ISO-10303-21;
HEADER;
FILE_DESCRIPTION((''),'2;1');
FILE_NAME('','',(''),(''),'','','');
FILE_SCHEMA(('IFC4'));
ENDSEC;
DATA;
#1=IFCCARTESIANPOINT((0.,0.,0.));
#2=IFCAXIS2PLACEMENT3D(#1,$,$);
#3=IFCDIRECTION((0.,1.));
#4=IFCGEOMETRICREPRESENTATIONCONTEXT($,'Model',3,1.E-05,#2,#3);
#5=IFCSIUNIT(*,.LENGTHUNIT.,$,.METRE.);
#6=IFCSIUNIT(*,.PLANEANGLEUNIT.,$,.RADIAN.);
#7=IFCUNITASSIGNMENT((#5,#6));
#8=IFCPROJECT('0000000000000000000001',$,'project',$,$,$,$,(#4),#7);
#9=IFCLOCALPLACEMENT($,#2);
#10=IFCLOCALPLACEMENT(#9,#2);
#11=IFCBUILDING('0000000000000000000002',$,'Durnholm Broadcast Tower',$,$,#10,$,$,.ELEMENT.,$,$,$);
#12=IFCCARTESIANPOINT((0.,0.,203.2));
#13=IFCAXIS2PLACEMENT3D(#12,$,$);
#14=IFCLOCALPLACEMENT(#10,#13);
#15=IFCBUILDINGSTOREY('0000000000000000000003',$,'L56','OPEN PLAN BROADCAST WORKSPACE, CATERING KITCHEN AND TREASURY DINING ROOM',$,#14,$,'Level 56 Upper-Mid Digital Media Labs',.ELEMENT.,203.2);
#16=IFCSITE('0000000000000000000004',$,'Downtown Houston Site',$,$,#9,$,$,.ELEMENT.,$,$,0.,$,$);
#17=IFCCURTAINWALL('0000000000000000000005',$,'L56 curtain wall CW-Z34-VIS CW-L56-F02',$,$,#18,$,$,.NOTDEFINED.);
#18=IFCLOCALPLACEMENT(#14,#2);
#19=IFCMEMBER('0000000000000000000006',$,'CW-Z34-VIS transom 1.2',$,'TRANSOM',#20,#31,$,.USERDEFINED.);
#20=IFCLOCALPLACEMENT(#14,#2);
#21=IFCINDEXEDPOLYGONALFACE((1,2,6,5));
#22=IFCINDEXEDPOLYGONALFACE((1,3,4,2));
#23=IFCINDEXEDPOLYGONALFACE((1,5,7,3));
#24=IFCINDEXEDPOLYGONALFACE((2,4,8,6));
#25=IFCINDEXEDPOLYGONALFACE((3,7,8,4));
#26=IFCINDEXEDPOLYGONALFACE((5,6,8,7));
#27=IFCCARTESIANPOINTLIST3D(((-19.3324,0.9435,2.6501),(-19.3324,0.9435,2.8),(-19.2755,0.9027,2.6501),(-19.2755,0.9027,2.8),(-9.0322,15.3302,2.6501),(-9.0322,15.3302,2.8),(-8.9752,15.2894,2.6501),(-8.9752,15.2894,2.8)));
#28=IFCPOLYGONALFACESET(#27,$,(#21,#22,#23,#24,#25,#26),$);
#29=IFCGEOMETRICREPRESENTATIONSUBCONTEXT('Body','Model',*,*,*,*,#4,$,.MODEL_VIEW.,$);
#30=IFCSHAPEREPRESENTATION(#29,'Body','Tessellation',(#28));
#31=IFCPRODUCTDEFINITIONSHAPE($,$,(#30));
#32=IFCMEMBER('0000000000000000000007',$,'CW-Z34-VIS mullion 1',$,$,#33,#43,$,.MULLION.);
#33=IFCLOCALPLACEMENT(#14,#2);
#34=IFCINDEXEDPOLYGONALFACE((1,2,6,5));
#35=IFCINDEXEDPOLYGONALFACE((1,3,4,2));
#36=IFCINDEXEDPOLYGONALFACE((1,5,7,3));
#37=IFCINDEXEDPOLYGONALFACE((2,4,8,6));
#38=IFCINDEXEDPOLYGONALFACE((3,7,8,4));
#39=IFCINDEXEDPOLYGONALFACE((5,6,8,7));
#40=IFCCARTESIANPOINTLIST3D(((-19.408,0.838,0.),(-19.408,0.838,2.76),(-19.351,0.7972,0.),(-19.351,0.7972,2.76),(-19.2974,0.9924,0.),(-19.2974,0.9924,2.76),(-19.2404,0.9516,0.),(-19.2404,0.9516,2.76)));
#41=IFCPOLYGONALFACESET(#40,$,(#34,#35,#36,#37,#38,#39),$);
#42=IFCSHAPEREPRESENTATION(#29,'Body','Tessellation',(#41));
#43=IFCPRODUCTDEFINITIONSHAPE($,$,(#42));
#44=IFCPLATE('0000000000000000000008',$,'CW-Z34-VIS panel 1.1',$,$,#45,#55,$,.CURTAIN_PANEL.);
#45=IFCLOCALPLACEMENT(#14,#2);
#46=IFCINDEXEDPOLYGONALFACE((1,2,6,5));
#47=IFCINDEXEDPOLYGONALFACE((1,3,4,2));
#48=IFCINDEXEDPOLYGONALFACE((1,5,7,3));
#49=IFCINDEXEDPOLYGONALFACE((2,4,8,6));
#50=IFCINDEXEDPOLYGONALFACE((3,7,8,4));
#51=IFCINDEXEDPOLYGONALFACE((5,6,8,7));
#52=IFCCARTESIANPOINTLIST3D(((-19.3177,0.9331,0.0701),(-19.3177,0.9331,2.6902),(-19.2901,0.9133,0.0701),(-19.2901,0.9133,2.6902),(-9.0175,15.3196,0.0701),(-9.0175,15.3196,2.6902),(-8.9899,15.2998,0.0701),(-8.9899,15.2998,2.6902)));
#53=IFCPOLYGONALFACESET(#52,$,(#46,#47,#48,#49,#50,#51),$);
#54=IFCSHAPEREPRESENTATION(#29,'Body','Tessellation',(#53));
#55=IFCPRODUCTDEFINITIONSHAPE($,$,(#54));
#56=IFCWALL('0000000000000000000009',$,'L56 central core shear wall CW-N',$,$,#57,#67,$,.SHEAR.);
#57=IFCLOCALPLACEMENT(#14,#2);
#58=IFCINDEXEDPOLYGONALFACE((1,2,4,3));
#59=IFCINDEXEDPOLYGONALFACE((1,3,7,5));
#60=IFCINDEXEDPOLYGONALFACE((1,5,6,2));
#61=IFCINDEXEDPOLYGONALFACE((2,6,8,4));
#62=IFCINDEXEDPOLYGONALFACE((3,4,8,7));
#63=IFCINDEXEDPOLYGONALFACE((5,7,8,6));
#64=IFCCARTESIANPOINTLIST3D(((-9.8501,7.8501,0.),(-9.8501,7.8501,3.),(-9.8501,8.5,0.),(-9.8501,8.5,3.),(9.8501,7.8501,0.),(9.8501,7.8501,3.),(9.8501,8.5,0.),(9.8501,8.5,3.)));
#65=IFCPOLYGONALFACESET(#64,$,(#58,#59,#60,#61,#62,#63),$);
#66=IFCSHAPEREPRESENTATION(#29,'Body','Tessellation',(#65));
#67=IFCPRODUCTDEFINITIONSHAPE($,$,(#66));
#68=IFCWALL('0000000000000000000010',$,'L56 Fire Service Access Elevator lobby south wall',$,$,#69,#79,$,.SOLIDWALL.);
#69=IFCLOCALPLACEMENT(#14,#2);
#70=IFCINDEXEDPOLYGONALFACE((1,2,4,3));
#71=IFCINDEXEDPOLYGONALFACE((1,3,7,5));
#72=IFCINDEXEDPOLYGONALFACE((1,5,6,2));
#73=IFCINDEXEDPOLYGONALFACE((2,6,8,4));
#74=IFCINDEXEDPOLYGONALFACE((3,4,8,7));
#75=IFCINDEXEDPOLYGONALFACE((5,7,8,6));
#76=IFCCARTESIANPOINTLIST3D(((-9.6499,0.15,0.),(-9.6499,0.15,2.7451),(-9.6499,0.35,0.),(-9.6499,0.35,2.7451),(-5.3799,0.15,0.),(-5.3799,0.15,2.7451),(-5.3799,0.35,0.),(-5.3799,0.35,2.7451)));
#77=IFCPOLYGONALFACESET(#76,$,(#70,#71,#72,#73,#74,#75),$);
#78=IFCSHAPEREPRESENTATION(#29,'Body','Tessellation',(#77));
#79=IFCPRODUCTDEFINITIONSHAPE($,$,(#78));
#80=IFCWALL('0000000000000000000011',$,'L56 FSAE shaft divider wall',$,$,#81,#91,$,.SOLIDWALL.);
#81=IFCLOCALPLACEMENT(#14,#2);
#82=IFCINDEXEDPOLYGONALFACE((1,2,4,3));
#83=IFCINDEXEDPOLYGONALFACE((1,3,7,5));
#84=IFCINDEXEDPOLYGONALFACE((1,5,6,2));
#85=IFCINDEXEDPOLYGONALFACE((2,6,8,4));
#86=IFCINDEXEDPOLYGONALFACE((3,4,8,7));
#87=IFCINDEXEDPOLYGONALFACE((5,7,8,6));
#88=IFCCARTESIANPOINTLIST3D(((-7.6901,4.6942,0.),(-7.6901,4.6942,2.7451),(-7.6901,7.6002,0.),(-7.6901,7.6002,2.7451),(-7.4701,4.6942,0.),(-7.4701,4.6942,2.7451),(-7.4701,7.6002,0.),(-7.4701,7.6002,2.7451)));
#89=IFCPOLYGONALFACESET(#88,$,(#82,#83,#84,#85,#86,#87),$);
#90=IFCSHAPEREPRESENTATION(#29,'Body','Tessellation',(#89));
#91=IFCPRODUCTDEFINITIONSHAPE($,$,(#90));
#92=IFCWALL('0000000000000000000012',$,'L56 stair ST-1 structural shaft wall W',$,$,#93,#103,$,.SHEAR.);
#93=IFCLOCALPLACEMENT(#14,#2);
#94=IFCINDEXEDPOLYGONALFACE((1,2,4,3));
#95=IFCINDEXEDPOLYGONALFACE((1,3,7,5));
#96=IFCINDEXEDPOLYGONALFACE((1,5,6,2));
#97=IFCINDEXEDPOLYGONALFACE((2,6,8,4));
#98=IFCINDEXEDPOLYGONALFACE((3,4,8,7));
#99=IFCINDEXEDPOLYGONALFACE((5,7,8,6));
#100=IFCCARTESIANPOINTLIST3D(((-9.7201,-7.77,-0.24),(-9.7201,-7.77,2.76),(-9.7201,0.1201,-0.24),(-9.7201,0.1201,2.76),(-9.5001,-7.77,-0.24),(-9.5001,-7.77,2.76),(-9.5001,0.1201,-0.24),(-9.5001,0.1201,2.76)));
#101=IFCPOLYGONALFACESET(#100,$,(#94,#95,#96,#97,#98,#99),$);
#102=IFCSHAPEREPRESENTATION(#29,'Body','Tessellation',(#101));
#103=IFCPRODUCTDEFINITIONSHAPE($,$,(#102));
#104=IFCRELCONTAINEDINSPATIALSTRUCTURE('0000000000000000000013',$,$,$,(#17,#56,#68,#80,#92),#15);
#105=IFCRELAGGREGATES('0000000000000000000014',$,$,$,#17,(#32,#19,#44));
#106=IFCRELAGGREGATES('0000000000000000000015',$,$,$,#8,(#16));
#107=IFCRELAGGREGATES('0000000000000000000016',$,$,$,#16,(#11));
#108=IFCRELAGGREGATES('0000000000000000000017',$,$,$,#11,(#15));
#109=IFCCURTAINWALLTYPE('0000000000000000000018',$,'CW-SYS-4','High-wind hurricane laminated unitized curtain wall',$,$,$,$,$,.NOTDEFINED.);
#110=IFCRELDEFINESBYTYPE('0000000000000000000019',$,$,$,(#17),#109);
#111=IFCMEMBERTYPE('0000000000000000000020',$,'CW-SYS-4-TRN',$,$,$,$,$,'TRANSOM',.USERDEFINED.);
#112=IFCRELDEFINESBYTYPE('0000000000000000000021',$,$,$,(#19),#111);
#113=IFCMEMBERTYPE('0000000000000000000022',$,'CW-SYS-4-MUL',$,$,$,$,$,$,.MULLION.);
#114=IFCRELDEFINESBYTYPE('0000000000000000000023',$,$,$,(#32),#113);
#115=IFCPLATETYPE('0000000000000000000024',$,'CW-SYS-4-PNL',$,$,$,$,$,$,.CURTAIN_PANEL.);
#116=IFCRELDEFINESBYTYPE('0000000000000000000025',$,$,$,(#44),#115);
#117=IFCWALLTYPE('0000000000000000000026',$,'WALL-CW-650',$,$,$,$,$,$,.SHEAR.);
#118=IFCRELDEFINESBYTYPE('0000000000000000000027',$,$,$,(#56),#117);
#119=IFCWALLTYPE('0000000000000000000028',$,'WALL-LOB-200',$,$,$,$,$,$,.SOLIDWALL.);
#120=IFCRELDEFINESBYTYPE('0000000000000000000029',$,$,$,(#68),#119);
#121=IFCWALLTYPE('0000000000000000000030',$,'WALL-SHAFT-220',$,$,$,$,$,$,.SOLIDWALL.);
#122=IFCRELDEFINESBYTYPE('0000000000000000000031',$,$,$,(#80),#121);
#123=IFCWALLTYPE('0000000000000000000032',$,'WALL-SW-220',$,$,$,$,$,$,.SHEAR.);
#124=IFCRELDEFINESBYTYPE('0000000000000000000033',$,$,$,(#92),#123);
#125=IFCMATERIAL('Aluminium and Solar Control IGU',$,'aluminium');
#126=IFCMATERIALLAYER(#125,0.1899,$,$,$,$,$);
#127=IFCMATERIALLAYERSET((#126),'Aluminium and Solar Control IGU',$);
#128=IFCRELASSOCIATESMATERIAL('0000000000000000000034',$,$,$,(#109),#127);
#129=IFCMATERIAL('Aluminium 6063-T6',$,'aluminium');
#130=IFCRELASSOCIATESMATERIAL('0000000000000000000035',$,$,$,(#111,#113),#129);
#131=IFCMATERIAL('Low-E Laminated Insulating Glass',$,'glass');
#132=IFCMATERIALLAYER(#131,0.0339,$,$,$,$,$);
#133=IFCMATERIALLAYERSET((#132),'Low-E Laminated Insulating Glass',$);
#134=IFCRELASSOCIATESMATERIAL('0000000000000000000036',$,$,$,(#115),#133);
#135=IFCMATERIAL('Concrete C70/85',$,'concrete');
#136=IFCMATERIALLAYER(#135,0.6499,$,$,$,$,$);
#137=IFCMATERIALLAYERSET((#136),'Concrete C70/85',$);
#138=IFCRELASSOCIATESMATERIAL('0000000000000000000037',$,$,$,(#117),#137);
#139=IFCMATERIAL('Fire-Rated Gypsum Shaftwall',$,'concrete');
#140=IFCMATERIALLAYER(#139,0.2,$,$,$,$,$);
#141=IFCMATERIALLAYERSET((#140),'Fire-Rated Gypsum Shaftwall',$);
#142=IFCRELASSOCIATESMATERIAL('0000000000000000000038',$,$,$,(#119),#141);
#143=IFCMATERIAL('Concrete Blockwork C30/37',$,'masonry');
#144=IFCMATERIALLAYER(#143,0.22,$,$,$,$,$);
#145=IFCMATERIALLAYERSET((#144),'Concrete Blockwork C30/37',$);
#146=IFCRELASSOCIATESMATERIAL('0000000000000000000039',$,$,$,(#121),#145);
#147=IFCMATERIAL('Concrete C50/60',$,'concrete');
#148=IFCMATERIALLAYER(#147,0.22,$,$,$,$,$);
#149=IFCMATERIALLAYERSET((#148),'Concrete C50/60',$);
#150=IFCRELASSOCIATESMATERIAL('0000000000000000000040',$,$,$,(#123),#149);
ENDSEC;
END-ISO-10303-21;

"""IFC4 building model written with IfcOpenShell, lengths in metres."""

from ifc_helpers import new_model, si_unit, direction, frame, frame_2d, origin, origin_2d, place, context, subcontext, project, spatial, rectangle, extrude, source, transform, mapped, material, layer, layer_set, material_profile, profile_set, type_object, type_shapes, element, aggregate, save


model = new_model("IFC4")

# Units and contexts
model_context = context("Model", 3, precision=1e-05, world=origin(), true_north=direction((0.0, 1.0)))
body_context = subcontext(model_context, "Body", "Model", "MODEL_VIEW")
ifc_project = project(units=[si_unit("LENGTHUNIT", "METRE"), si_unit("PLANEANGLEUNIT", "RADIAN")], contexts=[model_context])

# Site, building, storey
site_placement = place(None, origin())
site = spatial("IfcSite", under=ifc_project, at=site_placement, Name="Downtown Houston Site", CompositionType="ELEMENT", RefElevation=0.0)
building_placement = place(site_placement, origin())
building = spatial("IfcBuilding", under=site, at=building_placement, Name="Durnholm Broadcast Tower", CompositionType="ELEMENT")
storey_placement = place(building_placement, frame((0.0, 0.0, 203.2)))
storey = spatial("IfcBuildingStorey", under=building, at=storey_placement, Name="L56", Description="OPEN PLAN BROADCAST WORKSPACE, CATERING KITCHEN AND TREASURY DINING ROOM", LongName="Level 56 Upper-Mid Digital Media Labs", CompositionType="ELEMENT", Elevation=203.2)

# Shared definitions
ifc_material_1 = material(Name="Concrete C70/85", Category="concrete")

# Shared definitions
ifc_material_2 = material(Name="Aluminium and Solar Control IGU", Category="aluminium")
ifc_material_3 = material(Name="Aluminium 6063-T6", Category="aluminium")

# Curtain wall, members, plate
ifc_layer_1 = layer(ifc_material_2, 0.1899)
ifc_layer_set_1 = layer_set([ifc_layer_1], Name="Aluminium and Solar Control IGU")
curtain_wall_type_1 = type_object("IfcCurtainWallType", Name="CW-SYS-4", Description="High-wind hurricane laminated unitized curtain wall", PredefinedType="NOTDEFINED", material=ifc_layer_set_1)
curtain_wall_1_placement = place(storey_placement, origin())
curtain_wall_1 = element("IfcCurtainWall", 1, at=curtain_wall_1_placement, inside=storey, type_object=curtain_wall_type_1, Name="L56 curtain wall CW-Z34-VIS CW-L56-F02", PredefinedType="NOTDEFINED")
ifc_material_profile_1 = material_profile(ifc_material_3, rectangle(XDim=0.0701, YDim=0.1499, at=origin_2d()), Name="CWT70X150")
ifc_profile_set_1 = profile_set([ifc_material_profile_1], Name="Aluminium 6063-T6")
member_type_1 = type_object("IfcMemberType", Name="CW-SYS-4-TRN", ElementType="TRANSOM", PredefinedType="USERDEFINED", material=ifc_profile_set_1)
shared_shape_1 = source(origin(), body_context, "Body", "SweptSolid", [
    extrude(rectangle(XDim=0.0701, YDim=0.1499, at=origin_2d()), origin(), (0.0, 0.0, 1.0), 17.6938),
])
type_shapes(member_type_1, [shared_shape_1])
member_1_placement = place(storey_placement, frame((-19.304, 0.9231, 2.7251), z_axis=(0.582138, 0.81309, 0.0), x_axis=(-0.81309, 0.582138, 0.0)))
member_1 = element("IfcMember", 2, at=member_1_placement, type_object=member_type_1, Name="CW-Z34-VIS transom 1.2", ObjectType="TRANSOM", PredefinedType="USERDEFINED", context=body_context, shape_type="MappedRepresentation", body=[
    mapped(shared_shape_1, transform((0.0, 0.0, 0.0), x_axis=(1.0, 0.0, 0.0), y_axis=(0.0, 1.0, 0.0), z_axis=(0.0, 0.0, 1.0), scale=1.0)),
])
ifc_material_profile_2 = material_profile(ifc_material_3, rectangle(XDim=0.0701, YDim=0.1899, at=origin_2d()), Name="CWM70X190")
ifc_profile_set_2 = profile_set([ifc_material_profile_2], Name="Aluminium 6063-T6")
member_type_2 = type_object("IfcMemberType", Name="CW-SYS-4-MUL", PredefinedType="MULLION", material=ifc_profile_set_2)
shared_shape_2 = source(origin(), body_context, "Body", "SweptSolid", [
    extrude(rectangle(XDim=0.0701, YDim=0.1899, at=origin_2d()), origin(), (0.0, 0.0, 1.0), 2.76),
])
type_shapes(member_type_2, [shared_shape_2])
member_2_placement = place(storey_placement, frame((-19.3242, 0.8948, 0.0), z_axis=(0.0, 0.0, 1.0), x_axis=(-0.813089, 0.582139, 0.0)))
member_2 = element("IfcMember", 3, at=member_2_placement, type_object=member_type_2, Name="CW-Z34-VIS mullion 1", PredefinedType="MULLION", context=body_context, shape_type="MappedRepresentation", body=[
    mapped(shared_shape_2, transform((0.0, 0.0, 0.0), x_axis=(1.0, 0.0, 0.0), y_axis=(0.0, 1.0, 0.0), z_axis=(0.0, 0.0, 1.0), scale=1.0)),
])
ifc_material_4 = material(Name="Low-E Laminated Insulating Glass", Category="glass")
ifc_layer_2 = layer(ifc_material_4, 0.0339)
ifc_layer_set_2 = layer_set([ifc_layer_2], Name="Low-E Laminated Insulating Glass")
plate_type = type_object("IfcPlateType", Name="CW-SYS-4-PNL", PredefinedType="CURTAIN_PANEL", material=ifc_layer_set_2)
shared_shape_3 = source(origin(), body_context, "Body", "SweptSolid", [
    extrude(rectangle(XDim=17.6936, YDim=0.0339, at=origin_2d()), origin(), (0.0, 0.0, 1.0), 2.6201),
])
type_shapes(plate_type, [shared_shape_3])
plate_placement = place(storey_placement, frame((-14.1538, 8.1165, 0.0701), z_axis=(0.0, 0.0, 1.0), x_axis=(0.582139, 0.813089, 0.0)))
plate = element("IfcPlate", 4, at=plate_placement, type_object=plate_type, Name="CW-Z34-VIS panel 1.1", PredefinedType="CURTAIN_PANEL", context=body_context, shape_type="MappedRepresentation", body=[
    mapped(shared_shape_3, transform((0.0, 0.0, 0.0), x_axis=(1.0, 0.0, 0.0), y_axis=(0.0, 1.0, 0.0), z_axis=(0.0, 0.0, 1.0), scale=1.0)),
])
aggregate(curtain_wall_1, [member_2, member_1, plate])

# Walls
ifc_layer_3 = layer(ifc_material_1, 0.6499)
ifc_layer_set_3 = layer_set([ifc_layer_3], Name="Concrete C70/85")
wall_type_1 = type_object("IfcWallType", Name="WALL-CW-650", PredefinedType="SHEAR", material=ifc_layer_set_3)
wall_1_placement = place(storey_placement, frame((-9.8501, 8.175, 0.0), z_axis=(0.0, 0.0, 1.0), x_axis=(1.0, 0.0, 0.0)))
element("IfcWall", 5, at=wall_1_placement, inside=storey, type_object=wall_type_1, Name="L56 central core shear wall CW-N", PredefinedType="SHEAR", context=body_context, shape_type="SweptSolid", body=[
    extrude(rectangle(XDim=19.7002, YDim=0.6499, at=frame_2d((9.8501, 0.0))), origin(), (0.0, 0.0, 1.0), 3.0),
])
ifc_material_5 = material(Name="Fire-Rated Gypsum Shaftwall", Category="concrete")
ifc_layer_4 = layer(ifc_material_5, 0.2)
ifc_layer_set_4 = layer_set([ifc_layer_4], Name="Fire-Rated Gypsum Shaftwall")
wall_type_2 = type_object("IfcWallType", Name="WALL-LOB-200", PredefinedType="SOLIDWALL", material=ifc_layer_set_4)
wall_2_placement = place(storey_placement, frame((-9.6499, 0.25, 0.0), z_axis=(0.0, 0.0, 1.0), x_axis=(1.0, 0.0, 0.0)))
element("IfcWall", 6, at=wall_2_placement, inside=storey, type_object=wall_type_2, Name="L56 Fire Service Access Elevator lobby south wall", PredefinedType="SOLIDWALL", context=body_context, shape_type="SweptSolid", body=[
    extrude(rectangle(XDim=4.27, YDim=0.2, at=frame_2d((2.135, 0.0))), origin(), (0.0, 0.0, 1.0), 2.7451),
])

# Shared definitions
ifc_material_6 = material(Name="Concrete Blockwork C30/37", Category="masonry")
ifc_layer_5 = layer(ifc_material_6, 0.22)
ifc_layer_set_5 = layer_set([ifc_layer_5], Name="Concrete Blockwork C30/37")
wall_type_3 = type_object("IfcWallType", Name="WALL-SHAFT-220", PredefinedType="SOLIDWALL", material=ifc_layer_set_5)

# Walls
wall_3_placement = place(storey_placement, frame((-7.5801, 4.6941, 0.0), z_axis=(0.0, 0.0, 1.0), x_axis=(0.0, 1.0, 0.0)))
element("IfcWall", 7, at=wall_3_placement, inside=storey, type_object=wall_type_3, Name="L56 FSAE shaft divider wall", PredefinedType="SOLIDWALL", context=body_context, shape_type="SweptSolid", body=[
    extrude(rectangle(XDim=2.906, YDim=0.22, at=frame_2d((1.4531, 0.0))), origin(), (0.0, 0.0, 1.0), 2.7451),
])
ifc_material_7 = material(Name="Concrete C50/60", Category="concrete")
ifc_layer_6 = layer(ifc_material_7, 0.22)
ifc_layer_set_6 = layer_set([ifc_layer_6], Name="Concrete C50/60")
wall_type_4 = type_object("IfcWallType", Name="WALL-SW-220", PredefinedType="SHEAR", material=ifc_layer_set_6)
wall_4_placement = place(storey_placement, frame((-9.6101, 0.1201, -0.24), z_axis=(0.0, 0.0, 1.0), x_axis=(0.0, -1.0, 0.0)))
element("IfcWall", 8, at=wall_4_placement, inside=storey, type_object=wall_type_4, Name="L56 stair ST-1 structural shaft wall W", PredefinedType="SHEAR", context=body_context, shape_type="SweptSolid", body=[
    extrude(rectangle(XDim=7.8901, YDim=0.22, at=frame_2d((3.9451, 0.0))), origin(), (0.0, 0.0, 1.0), 3.0),
])

save(model, "model.ifc")
